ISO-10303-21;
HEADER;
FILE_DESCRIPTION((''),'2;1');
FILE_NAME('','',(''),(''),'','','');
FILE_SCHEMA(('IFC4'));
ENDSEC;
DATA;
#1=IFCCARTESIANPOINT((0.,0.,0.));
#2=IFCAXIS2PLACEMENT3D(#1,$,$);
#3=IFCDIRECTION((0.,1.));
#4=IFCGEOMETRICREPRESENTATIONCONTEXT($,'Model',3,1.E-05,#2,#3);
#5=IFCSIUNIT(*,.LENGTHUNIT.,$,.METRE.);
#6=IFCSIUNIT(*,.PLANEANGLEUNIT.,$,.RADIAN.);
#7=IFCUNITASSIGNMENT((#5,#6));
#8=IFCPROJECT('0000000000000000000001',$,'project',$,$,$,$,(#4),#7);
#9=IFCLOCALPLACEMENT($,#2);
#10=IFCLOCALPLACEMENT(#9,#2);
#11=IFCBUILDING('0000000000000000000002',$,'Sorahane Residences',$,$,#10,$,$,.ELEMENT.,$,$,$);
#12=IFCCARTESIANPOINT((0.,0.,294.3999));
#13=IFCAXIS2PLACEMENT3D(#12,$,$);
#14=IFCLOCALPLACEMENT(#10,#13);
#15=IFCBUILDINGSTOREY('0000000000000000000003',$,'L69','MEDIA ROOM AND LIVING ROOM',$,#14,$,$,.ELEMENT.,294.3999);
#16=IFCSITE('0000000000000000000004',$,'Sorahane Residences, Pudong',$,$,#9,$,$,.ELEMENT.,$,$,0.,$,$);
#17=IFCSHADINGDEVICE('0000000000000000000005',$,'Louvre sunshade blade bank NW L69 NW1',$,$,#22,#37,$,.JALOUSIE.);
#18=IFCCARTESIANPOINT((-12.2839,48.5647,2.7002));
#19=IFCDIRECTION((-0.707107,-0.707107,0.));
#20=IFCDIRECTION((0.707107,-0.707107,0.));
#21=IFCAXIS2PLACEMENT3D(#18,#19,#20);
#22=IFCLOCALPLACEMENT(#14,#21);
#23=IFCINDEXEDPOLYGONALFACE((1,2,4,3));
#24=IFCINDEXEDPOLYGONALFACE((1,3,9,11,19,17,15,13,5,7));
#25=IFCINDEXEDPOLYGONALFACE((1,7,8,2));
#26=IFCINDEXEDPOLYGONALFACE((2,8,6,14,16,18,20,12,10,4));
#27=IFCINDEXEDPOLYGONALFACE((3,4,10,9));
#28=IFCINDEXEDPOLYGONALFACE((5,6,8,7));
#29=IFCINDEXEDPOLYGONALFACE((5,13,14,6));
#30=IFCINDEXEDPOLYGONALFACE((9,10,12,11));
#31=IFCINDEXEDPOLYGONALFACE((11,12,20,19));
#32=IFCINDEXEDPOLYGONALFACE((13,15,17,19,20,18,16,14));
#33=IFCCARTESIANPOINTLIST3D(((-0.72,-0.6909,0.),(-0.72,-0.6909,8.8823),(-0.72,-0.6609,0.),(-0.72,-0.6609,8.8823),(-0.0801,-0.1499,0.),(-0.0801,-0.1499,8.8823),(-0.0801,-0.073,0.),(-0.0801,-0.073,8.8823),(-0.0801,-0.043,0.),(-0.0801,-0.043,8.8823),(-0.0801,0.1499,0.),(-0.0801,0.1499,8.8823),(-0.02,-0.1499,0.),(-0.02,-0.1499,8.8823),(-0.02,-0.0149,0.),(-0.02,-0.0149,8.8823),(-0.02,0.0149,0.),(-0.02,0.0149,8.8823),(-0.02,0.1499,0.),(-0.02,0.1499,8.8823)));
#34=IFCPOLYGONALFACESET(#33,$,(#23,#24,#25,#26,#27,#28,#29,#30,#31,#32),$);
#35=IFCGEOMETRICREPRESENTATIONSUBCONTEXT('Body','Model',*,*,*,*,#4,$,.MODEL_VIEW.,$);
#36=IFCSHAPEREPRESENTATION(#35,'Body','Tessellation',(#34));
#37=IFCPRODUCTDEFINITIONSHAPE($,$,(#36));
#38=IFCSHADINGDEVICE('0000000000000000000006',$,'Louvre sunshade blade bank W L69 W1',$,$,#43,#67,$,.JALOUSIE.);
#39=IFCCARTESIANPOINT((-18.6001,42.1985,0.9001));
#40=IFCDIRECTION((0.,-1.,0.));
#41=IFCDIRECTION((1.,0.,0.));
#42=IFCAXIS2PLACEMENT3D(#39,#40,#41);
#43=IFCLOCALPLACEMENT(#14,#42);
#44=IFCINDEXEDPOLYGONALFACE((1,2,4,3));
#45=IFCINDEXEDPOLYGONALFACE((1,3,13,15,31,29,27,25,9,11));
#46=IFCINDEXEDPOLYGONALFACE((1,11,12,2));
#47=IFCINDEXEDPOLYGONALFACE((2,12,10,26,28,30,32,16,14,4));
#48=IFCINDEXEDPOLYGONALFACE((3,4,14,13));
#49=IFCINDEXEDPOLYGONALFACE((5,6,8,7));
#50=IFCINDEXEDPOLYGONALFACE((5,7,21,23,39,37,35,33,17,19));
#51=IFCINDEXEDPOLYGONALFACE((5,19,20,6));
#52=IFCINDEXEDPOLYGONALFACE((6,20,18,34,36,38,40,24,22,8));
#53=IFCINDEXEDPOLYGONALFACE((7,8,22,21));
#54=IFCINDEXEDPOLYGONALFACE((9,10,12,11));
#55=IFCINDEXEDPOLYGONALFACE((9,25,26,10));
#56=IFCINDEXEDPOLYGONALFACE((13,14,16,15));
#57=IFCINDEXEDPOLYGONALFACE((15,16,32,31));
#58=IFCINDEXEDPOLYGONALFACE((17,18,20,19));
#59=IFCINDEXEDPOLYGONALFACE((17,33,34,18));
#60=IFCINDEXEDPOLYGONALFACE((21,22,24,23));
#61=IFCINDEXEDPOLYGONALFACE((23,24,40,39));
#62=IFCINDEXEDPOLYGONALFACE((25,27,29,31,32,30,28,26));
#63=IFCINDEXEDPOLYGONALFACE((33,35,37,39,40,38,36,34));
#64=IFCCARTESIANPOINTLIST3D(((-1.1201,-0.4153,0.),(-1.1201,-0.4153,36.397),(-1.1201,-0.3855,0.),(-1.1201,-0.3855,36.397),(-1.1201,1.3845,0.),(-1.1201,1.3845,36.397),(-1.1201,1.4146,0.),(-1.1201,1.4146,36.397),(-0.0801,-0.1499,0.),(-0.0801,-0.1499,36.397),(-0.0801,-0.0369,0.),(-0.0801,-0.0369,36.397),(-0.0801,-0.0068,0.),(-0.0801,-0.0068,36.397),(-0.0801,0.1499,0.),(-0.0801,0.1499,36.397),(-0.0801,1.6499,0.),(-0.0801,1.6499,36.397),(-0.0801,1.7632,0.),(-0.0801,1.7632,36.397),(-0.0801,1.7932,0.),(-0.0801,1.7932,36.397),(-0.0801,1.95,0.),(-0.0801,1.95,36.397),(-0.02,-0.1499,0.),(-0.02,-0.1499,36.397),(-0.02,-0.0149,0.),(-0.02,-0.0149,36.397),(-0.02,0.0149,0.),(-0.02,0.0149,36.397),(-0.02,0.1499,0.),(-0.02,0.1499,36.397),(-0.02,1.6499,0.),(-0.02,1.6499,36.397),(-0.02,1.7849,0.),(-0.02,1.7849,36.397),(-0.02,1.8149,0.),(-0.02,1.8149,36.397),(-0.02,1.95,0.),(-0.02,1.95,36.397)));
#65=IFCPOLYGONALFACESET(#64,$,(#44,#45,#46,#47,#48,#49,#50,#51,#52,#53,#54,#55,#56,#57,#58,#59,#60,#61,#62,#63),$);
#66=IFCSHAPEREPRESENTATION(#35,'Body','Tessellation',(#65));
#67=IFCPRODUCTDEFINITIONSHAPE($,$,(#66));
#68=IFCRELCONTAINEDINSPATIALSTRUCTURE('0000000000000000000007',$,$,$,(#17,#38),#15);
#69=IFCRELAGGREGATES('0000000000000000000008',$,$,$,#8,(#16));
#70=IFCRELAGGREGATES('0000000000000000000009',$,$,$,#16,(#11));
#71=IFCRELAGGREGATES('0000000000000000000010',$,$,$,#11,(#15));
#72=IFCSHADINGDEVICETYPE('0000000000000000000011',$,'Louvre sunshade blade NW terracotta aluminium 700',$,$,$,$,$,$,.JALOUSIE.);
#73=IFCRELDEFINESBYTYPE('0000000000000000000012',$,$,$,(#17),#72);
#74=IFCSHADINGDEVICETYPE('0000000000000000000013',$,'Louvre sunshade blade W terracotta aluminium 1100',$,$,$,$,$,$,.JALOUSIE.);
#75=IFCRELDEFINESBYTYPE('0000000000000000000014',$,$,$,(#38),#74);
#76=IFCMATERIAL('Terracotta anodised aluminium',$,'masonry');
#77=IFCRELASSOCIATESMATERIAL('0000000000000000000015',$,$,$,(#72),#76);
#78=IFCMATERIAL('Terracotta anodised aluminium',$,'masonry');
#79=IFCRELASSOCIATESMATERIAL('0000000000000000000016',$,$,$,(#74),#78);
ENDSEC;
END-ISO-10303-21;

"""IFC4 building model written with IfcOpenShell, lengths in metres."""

from ifc_helpers import new_model, si_unit, direction, frame, origin, place, context, subcontext, project, spatial, polyline, outline, composite_profile, extrude, material, type_object, element, save


model = new_model("IFC4")

# Units and contexts
model_context = context("Model", 3, precision=1e-05, world=origin(), true_north=direction((0.0, 1.0)))
body_context = subcontext(model_context, "Body", "Model", "MODEL_VIEW")
ifc_project = project(units=[si_unit("LENGTHUNIT", "METRE"), si_unit("PLANEANGLEUNIT", "RADIAN")], contexts=[model_context])

# Site, building, storey
site_placement = place(None, origin())
site = spatial("IfcSite", under=ifc_project, at=site_placement, Name="Sorahane Residences, Pudong", CompositionType="ELEMENT", RefElevation=0.0)
building_placement = place(site_placement, origin())
building = spatial("IfcBuilding", under=site, at=building_placement, Name="Sorahane Residences", CompositionType="ELEMENT")
storey_placement = place(building_placement, frame((0.0, 0.0, 294.3999)))
storey = spatial("IfcBuildingStorey", under=building, at=storey_placement, Name="L69", Description="MEDIA ROOM AND LIVING ROOM", CompositionType="ELEMENT", Elevation=294.3999)

# Shading devices
ifc_material_1 = material(Name="Terracotta anodised aluminium", Category="masonry")
shading_device_type_1 = type_object("IfcShadingDeviceType", Name="Louvre sunshade blade NW terracotta aluminium 700", PredefinedType="JALOUSIE", material=ifc_material_1)
shading_device_1_placement = place(storey_placement, frame((-12.2839, 48.5647, 2.7002), z_axis=(-0.707107, -0.707107, 0.0), x_axis=(0.707107, -0.707107, 0.0)))
element("IfcShadingDevice", 1, at=shading_device_1_placement, inside=storey, type_object=shading_device_type_1, Name="Louvre sunshade blade bank NW L69 NW1", PredefinedType="JALOUSIE", context=body_context, shape_type="SweptSolid", body=[
    extrude(outline(polyline([(-0.72, -0.6609), (-0.72, -0.6909), (-0.0801, -0.073), (-0.0801, -0.1499), (-0.02, -0.1499), (-0.02, -0.0149), (-0.02, 0.0149), (-0.02, 0.1499), (-0.0801, 0.1499), (-0.0801, -0.043), (-0.72, -0.6609)])), origin(), (0.0, 0.0, 1.0), 8.8823),
])
ifc_material_2 = material(Name="Terracotta anodised aluminium", Category="masonry")
shading_device_type_2 = type_object("IfcShadingDeviceType", Name="Louvre sunshade blade W terracotta aluminium 1100", PredefinedType="JALOUSIE", material=ifc_material_2)
shading_device_2_placement = place(storey_placement, frame((-18.6001, 42.1985, 0.9001), z_axis=(0.0, -1.0, 0.0), x_axis=(1.0, 0.0, 0.0)))
element("IfcShadingDevice", 2, at=shading_device_2_placement, inside=storey, type_object=shading_device_type_2, Name="Louvre sunshade blade bank W L69 W1", PredefinedType="JALOUSIE", context=body_context, shape_type="SweptSolid", body=[
    extrude(composite_profile([outline(polyline([(-1.1201, -0.3855), (-1.1201, -0.4153), (-0.0801, -0.0369), (-0.0801, -0.1499), (-0.02, -0.1499), (-0.02, -0.0149), (-0.02, 0.0149), (-0.02, 0.1499), (-0.0801, 0.1499), (-0.0801, -0.0068), (-1.1201, -0.3855)])), outline(polyline([(-1.1201, 1.4146), (-1.1201, 1.3845), (-0.0801, 1.7632), (-0.0801, 1.6499), (-0.02, 1.6499), (-0.02, 1.7849), (-0.02, 1.8149), (-0.02, 1.95), (-0.0801, 1.95), (-0.0801, 1.7932), (-1.1201, 1.4146)]))]), origin(), (0.0, 0.0, 1.0), 36.397),
])

save(model, "model.ifc")
